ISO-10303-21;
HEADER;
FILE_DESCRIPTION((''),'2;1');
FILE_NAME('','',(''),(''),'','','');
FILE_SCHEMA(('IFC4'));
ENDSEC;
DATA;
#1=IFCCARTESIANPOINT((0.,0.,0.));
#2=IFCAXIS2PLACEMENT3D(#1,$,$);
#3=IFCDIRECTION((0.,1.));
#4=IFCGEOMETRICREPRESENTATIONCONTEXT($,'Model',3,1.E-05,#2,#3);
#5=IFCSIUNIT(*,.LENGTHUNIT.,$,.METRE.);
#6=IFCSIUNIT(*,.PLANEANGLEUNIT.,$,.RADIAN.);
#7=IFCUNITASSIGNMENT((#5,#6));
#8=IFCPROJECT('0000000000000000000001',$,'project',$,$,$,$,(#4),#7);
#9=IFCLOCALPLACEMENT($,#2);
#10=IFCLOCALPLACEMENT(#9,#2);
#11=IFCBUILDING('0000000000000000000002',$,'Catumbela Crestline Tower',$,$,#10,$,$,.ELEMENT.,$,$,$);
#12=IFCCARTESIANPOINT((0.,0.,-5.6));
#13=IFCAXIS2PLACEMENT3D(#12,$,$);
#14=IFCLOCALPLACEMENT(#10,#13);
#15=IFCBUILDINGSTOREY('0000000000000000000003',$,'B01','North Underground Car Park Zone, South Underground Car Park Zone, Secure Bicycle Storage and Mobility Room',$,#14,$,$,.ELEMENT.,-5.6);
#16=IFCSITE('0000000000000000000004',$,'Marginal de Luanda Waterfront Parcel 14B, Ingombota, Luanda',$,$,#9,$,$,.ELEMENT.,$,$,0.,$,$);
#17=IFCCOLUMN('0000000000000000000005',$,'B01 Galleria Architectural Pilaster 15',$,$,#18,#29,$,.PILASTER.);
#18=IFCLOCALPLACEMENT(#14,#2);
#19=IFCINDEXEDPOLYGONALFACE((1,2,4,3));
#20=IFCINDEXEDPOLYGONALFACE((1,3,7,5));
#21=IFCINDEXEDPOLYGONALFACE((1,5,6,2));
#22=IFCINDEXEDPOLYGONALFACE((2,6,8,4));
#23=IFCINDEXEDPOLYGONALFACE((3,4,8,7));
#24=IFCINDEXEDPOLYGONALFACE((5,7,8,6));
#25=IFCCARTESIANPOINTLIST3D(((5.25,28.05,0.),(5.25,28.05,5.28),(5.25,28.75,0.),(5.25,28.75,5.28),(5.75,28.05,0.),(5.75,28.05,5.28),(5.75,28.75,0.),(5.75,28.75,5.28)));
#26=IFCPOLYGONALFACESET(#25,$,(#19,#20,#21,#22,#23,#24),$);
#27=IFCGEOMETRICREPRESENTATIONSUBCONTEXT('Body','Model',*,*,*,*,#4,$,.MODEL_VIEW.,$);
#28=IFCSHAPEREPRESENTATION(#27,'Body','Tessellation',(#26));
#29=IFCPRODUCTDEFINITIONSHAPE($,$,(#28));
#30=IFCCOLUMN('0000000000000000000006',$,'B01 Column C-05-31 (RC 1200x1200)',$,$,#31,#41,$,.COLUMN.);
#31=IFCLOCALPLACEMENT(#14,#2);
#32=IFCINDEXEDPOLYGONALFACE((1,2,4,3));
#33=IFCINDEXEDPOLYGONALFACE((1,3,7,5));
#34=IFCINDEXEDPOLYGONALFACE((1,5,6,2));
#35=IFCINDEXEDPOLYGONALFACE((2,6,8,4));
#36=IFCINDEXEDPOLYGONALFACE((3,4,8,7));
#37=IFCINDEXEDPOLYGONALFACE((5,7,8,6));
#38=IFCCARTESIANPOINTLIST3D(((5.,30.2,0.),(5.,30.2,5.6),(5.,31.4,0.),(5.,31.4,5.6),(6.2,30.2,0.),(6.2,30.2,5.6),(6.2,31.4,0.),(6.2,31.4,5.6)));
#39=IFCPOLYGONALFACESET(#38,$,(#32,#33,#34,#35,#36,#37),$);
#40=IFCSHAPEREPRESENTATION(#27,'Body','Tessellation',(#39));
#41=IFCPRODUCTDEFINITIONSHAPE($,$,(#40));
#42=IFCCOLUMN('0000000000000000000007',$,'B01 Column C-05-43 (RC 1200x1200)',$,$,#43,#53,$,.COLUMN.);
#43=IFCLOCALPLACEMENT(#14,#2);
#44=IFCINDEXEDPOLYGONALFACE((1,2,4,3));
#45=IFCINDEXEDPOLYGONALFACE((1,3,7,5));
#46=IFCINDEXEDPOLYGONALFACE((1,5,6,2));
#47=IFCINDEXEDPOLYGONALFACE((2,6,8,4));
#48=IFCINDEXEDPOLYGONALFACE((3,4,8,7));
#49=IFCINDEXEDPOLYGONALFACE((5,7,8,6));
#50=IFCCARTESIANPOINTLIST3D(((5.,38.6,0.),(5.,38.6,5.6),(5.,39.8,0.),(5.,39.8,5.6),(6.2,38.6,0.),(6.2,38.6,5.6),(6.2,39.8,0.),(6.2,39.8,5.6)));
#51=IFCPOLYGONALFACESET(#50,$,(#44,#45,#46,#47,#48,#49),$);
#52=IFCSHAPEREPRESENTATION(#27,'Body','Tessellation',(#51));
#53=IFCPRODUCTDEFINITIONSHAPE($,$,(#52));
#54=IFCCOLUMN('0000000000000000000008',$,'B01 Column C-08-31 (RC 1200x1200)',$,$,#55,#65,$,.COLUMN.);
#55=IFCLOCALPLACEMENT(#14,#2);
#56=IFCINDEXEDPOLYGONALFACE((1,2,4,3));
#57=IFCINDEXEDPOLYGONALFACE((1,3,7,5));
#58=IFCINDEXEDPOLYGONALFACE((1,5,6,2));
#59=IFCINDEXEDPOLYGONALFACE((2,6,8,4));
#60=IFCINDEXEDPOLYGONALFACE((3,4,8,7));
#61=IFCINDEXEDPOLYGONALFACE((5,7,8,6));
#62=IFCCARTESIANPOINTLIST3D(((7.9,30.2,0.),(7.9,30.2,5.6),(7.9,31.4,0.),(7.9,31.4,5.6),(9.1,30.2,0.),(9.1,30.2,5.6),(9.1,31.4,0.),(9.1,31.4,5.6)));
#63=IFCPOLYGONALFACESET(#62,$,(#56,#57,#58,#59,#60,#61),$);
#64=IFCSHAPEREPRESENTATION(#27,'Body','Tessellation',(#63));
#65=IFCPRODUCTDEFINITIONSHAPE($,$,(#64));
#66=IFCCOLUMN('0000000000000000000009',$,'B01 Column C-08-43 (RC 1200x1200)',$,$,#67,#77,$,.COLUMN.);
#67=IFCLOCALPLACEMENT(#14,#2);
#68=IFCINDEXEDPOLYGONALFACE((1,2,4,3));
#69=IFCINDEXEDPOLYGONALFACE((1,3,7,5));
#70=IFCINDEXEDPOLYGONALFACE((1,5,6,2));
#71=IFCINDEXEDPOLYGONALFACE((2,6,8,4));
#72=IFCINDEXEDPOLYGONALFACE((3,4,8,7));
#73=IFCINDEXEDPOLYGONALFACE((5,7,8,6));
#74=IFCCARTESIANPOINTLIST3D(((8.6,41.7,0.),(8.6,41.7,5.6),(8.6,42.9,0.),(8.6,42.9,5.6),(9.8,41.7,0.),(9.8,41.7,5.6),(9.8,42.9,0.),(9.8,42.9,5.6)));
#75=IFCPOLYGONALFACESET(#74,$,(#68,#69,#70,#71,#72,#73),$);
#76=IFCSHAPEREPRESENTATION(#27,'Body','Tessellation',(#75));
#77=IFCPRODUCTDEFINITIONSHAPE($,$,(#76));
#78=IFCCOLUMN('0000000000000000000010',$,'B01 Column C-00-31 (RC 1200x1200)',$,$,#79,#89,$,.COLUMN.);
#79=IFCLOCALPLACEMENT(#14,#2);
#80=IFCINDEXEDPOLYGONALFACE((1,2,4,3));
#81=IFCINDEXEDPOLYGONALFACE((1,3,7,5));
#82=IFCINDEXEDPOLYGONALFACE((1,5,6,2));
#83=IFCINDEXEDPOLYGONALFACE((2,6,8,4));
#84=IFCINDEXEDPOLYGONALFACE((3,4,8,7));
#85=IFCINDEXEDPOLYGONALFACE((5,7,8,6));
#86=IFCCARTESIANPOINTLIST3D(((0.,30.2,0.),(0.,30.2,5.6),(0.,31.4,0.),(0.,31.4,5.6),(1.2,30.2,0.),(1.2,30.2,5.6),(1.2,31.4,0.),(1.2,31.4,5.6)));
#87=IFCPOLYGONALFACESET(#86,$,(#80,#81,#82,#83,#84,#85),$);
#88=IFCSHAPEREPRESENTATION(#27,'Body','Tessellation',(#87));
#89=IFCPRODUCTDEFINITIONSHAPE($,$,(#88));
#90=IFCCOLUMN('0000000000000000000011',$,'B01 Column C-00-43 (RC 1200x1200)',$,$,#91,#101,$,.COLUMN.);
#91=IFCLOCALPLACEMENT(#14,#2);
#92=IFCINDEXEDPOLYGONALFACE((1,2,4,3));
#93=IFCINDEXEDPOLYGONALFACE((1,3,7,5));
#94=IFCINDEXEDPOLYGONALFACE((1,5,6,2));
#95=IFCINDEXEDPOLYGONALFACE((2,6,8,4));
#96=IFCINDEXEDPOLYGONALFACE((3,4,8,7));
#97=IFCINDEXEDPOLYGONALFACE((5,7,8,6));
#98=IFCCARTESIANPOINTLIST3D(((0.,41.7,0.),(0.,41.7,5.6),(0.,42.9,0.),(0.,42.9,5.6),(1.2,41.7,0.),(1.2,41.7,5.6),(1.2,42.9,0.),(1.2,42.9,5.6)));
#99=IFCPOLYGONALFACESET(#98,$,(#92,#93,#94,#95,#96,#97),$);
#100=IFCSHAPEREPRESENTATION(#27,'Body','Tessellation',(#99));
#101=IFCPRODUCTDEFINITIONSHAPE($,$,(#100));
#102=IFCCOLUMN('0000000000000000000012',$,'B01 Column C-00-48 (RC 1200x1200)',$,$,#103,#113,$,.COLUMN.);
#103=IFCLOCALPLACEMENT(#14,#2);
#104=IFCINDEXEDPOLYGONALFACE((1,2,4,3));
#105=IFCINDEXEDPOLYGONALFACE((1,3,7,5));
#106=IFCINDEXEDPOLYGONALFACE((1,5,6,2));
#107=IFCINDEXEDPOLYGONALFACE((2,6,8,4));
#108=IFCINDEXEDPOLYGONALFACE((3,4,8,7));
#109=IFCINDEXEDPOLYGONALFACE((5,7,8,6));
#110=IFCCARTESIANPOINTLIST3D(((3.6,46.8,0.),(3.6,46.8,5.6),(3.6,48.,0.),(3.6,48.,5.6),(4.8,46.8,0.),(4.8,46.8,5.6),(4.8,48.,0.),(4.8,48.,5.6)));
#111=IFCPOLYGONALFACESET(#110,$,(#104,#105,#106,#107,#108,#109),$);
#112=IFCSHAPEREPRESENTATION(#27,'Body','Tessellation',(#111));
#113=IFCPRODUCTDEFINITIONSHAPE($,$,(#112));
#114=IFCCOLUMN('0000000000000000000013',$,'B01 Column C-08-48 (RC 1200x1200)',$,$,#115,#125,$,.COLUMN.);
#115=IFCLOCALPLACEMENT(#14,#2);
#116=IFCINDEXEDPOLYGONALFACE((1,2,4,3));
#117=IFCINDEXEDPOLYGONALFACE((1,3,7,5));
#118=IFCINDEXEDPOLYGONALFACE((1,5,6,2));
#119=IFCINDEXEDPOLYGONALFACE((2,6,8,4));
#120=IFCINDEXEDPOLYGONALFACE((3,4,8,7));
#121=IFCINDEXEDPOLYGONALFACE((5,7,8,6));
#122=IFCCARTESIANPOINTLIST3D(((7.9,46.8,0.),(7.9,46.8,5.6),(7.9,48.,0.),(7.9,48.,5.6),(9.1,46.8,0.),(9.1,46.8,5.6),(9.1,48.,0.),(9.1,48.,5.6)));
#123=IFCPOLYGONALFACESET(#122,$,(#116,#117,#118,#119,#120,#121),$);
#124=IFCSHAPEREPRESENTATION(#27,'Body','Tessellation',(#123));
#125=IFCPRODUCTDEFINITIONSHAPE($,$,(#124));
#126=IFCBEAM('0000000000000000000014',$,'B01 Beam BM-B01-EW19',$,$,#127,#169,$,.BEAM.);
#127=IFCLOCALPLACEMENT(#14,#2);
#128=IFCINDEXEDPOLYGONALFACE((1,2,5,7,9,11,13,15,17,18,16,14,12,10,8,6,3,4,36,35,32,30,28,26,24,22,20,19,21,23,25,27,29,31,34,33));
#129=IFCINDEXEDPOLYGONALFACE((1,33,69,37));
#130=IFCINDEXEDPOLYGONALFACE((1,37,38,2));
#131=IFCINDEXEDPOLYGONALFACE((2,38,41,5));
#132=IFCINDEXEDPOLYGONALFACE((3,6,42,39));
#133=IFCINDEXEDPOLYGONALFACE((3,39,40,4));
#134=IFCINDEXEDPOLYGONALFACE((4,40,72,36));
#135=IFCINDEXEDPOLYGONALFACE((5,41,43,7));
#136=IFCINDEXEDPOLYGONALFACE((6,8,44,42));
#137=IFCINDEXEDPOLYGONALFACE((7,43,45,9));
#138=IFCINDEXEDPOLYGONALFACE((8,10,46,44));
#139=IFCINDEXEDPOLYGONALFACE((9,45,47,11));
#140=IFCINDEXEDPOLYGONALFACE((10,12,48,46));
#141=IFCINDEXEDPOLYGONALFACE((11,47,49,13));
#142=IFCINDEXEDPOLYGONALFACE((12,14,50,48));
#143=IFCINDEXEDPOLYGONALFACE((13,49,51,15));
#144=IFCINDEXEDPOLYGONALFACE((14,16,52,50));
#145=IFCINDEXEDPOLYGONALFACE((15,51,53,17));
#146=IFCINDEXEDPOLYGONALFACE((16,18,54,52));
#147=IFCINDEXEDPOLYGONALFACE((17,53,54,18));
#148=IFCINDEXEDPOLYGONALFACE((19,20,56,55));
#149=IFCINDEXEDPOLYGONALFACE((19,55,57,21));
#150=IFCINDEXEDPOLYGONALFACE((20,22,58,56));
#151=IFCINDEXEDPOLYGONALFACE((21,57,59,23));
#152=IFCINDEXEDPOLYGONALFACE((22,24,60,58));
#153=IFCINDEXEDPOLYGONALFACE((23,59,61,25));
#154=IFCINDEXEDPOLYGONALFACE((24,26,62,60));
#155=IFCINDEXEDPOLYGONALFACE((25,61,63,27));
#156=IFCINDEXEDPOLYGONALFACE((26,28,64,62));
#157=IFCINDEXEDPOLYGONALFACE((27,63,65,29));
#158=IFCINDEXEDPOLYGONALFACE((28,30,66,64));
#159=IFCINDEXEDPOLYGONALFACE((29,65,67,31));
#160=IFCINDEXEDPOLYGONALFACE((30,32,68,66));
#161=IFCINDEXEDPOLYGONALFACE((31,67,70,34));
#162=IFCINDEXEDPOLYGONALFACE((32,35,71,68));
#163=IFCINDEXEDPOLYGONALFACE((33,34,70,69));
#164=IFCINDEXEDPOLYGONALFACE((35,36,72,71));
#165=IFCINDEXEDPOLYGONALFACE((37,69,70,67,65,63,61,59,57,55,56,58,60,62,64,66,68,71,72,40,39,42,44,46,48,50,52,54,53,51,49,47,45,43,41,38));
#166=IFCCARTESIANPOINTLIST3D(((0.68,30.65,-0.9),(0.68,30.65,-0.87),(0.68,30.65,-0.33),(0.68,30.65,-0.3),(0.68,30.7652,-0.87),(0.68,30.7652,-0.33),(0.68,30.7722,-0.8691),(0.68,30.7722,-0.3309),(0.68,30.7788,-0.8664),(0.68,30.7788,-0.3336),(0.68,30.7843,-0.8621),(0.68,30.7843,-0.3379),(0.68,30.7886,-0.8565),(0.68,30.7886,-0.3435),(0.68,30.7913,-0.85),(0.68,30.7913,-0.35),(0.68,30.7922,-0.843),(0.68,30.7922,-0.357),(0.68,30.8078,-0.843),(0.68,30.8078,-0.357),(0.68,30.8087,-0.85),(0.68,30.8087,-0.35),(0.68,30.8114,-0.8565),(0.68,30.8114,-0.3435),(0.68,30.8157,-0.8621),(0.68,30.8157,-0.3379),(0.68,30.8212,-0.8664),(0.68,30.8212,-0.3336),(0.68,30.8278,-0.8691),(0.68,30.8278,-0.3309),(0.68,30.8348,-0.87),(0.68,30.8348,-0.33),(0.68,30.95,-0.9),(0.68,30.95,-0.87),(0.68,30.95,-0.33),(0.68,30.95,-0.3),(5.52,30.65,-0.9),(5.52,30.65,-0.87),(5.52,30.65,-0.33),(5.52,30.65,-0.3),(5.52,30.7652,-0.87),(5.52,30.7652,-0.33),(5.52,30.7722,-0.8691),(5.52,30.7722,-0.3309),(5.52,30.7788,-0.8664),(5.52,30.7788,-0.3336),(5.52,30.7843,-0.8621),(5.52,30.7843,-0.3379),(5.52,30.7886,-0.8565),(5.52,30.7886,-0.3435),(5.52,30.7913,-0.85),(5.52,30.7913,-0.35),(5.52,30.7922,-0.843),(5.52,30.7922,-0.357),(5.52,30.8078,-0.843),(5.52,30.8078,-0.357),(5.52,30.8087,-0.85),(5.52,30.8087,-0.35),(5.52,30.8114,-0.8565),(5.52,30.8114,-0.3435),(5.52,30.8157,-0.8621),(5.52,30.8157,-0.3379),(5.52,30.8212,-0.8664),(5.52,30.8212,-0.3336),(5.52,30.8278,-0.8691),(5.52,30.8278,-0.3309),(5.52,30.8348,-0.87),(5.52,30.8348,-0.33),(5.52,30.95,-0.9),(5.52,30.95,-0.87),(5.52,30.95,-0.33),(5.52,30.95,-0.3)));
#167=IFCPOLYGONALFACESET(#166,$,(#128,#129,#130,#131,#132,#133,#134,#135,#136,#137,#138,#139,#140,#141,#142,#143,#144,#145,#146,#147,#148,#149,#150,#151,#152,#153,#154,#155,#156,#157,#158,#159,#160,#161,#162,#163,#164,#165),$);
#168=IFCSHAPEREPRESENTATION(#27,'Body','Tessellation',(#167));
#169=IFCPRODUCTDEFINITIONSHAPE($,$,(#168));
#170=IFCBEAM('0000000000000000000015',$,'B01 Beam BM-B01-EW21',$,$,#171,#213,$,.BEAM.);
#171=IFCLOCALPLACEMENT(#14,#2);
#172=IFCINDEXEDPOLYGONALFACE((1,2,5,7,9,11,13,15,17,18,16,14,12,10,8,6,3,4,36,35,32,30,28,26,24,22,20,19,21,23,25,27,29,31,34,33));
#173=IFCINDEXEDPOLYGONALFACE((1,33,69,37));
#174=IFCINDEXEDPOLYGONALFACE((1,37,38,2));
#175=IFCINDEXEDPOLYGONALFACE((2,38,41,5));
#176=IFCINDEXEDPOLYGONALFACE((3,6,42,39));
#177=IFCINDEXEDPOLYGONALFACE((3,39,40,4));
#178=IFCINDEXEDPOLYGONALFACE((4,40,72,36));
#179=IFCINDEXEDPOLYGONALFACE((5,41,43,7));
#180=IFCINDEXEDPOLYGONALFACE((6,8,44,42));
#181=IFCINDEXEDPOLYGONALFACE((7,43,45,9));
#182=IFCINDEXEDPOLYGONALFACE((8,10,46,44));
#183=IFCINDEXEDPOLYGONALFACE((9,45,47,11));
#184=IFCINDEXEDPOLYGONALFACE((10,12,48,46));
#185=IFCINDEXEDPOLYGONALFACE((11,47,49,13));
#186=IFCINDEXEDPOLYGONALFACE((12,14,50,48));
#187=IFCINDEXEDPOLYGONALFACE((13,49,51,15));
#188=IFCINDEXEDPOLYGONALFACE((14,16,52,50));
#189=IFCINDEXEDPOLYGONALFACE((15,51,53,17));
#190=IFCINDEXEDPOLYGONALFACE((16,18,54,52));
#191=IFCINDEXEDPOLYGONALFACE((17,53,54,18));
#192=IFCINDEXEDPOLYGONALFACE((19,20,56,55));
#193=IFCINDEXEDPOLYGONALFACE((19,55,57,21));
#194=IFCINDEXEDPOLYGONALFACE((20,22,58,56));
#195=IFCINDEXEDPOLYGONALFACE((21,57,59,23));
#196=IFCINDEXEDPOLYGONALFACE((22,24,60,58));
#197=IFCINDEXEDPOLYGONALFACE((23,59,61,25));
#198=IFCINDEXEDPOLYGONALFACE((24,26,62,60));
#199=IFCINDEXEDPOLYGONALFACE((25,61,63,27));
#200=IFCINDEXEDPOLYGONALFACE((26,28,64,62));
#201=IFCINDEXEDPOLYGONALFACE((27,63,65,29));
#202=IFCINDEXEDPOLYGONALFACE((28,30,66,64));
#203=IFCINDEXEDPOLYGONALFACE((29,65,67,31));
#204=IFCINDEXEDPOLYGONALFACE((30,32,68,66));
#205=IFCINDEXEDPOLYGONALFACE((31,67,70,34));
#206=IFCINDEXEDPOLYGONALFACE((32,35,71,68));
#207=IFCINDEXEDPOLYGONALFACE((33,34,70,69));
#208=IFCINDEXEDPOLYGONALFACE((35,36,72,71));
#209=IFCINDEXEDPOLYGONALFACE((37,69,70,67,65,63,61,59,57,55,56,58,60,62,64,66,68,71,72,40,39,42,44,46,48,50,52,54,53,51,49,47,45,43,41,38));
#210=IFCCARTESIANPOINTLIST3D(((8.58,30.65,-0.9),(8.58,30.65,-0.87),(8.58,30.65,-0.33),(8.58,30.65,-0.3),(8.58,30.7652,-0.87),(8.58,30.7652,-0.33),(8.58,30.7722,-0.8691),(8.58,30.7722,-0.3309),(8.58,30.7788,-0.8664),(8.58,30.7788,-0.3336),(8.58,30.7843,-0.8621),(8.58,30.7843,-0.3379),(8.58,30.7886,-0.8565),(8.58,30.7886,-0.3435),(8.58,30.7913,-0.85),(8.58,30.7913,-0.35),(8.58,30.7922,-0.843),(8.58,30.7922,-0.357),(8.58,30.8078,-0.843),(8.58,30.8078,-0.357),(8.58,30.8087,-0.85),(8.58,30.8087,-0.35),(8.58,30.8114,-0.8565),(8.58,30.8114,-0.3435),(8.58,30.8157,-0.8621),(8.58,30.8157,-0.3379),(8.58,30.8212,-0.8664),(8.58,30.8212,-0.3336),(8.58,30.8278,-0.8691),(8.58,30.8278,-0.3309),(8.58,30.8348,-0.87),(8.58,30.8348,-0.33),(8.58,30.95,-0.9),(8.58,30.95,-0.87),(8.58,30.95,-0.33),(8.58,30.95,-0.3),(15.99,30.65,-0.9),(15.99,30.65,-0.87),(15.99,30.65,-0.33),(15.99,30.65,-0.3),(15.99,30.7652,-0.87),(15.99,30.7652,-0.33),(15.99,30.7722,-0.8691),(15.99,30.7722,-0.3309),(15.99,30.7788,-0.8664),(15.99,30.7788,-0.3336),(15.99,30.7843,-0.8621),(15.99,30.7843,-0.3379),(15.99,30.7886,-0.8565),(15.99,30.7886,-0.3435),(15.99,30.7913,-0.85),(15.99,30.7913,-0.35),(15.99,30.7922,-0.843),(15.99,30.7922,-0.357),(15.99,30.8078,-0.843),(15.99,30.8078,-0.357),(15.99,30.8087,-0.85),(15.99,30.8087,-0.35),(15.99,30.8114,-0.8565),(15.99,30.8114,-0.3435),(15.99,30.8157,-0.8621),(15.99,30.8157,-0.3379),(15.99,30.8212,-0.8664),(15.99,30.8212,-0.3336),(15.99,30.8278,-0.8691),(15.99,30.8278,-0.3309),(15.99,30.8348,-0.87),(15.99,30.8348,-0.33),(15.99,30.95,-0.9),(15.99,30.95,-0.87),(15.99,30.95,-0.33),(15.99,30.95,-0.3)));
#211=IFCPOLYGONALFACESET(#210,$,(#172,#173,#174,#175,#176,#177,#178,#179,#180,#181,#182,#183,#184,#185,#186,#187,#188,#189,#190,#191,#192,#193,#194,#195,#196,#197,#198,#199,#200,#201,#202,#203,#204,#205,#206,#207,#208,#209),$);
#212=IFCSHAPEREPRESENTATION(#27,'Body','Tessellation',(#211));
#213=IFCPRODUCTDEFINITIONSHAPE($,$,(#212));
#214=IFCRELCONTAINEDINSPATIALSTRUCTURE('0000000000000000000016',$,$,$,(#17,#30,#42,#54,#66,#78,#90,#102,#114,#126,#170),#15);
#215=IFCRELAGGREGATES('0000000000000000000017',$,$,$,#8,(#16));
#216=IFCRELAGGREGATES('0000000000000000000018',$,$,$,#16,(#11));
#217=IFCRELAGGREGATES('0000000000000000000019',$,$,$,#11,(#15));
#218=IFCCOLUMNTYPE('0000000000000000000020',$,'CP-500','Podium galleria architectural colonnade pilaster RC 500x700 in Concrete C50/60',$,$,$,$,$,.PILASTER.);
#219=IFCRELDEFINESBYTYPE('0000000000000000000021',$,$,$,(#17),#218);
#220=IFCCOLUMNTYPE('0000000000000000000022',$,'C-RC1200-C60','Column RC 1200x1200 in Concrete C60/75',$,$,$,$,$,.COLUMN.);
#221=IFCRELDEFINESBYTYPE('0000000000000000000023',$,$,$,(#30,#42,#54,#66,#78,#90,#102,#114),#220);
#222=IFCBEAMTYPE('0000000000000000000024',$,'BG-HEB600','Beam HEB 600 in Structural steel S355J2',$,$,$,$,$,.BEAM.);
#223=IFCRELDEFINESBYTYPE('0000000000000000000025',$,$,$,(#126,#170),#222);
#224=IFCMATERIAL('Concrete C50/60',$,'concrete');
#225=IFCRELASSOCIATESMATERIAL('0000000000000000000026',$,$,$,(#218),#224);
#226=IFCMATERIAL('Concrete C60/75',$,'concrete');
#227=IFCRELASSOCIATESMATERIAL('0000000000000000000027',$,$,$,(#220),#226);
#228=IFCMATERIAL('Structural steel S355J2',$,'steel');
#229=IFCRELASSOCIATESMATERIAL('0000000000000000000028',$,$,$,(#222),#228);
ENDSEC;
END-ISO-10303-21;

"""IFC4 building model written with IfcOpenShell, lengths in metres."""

from ifc_helpers import new_model, si_unit, direction, frame, origin, origin_2d, place, context, subcontext, project, spatial, rectangle, i_section, extrude, material, material_profile, profile_set, type_object, element, save


model = new_model("IFC4")

# Units and contexts
model_context = context("Model", 3, precision=1e-05, world=origin(), true_north=direction((0.0, 1.0)))
body_context = subcontext(model_context, "Body", "Model", "MODEL_VIEW")
ifc_project = project(units=[si_unit("LENGTHUNIT", "METRE"), si_unit("PLANEANGLEUNIT", "RADIAN")], contexts=[model_context])

# Site, building, storey
site_placement = place(None, origin())
site = spatial("IfcSite", under=ifc_project, at=site_placement, Name="Marginal de Luanda Waterfront Parcel 14B, Ingombota, Luanda", CompositionType="ELEMENT", RefElevation=0.0)
building_placement = place(site_placement, origin())
building = spatial("IfcBuilding", under=site, at=building_placement, Name="Catumbela Crestline Tower", CompositionType="ELEMENT")
storey_placement = place(building_placement, frame((0.0, 0.0, -5.6)))
storey = spatial("IfcBuildingStorey", under=building, at=storey_placement, Name="B01", Description="North Underground Car Park Zone, South Underground Car Park Zone, Secure Bicycle Storage and Mobility Room", CompositionType="ELEMENT", Elevation=-5.6)

# Columns
ifc_material_1 = material(Name="Concrete C50/60", Category="concrete")
ifc_material_profile_1 = material_profile(ifc_material_1, rectangle(XDim=0.5, YDim=0.7, at=origin_2d()), Name="RC 500x700")
ifc_profile_set_1 = profile_set([ifc_material_profile_1], Name="Concrete C50/60")
column_type_1 = type_object("IfcColumnType", Name="CP-500", Description="Podium galleria architectural colonnade pilaster RC 500x700 in Concrete C50/60", PredefinedType="PILASTER", material=ifc_profile_set_1)
column_placement = place(storey_placement, frame((5.5, 28.4, 0.0), z_axis=(0.0, 0.0, 1.0), x_axis=(1.0, 0.0, 0.0)))
element("IfcColumn", 1, at=column_placement, inside=storey, type_object=column_type_1, Name="B01 Galleria Architectural Pilaster 15", PredefinedType="PILASTER", context=body_context, shape_type="SweptSolid", body=[
    extrude(rectangle(XDim=0.5, YDim=0.7, at=origin_2d()), origin(), (0.0, 0.0, 1.0), 5.28),
])
ifc_material_2 = material(Name="Concrete C60/75", Category="concrete")
ifc_material_profile_2 = material_profile(ifc_material_2, rectangle(XDim=1.2, YDim=1.2, at=origin_2d()), Name="RC 1200x1200")
ifc_profile_set_2 = profile_set([ifc_material_profile_2], Name="Concrete C60/75")
column_type_2 = type_object("IfcColumnType", Name="C-RC1200-C60", Description="Column RC 1200x1200 in Concrete C60/75", PredefinedType="COLUMN", material=ifc_profile_set_2)
for number, where, z_axis, x_axis, name in (
    (2, (5.6, 30.8, 0.0), (0.0, 0.0, 1.0), (1.0, 0.0, 0.0), "B01 Column C-05-31 (RC 1200x1200)"),
    (3, (5.6, 39.2, 0.0), (0.0, 0.0, 1.0), (1.0, 0.0, 0.0), "B01 Column C-05-43 (RC 1200x1200)"),
    (4, (8.5, 30.8, 0.0), (0.0, 0.0, 1.0), (1.0, 0.0, 0.0), "B01 Column C-08-31 (RC 1200x1200)"),
    (5, (9.2, 42.3, 0.0), (0.0, 0.0, 1.0), (1.0, 0.0, 0.0), "B01 Column C-08-43 (RC 1200x1200)"),
    (6, (0.6, 30.8, 0.0), (0.0, 0.0, 1.0), (1.0, 0.0, 0.0), "B01 Column C-00-31 (RC 1200x1200)"),
    (7, (0.6, 42.3, 0.0), (0.0, 0.0, 1.0), (1.0, 0.0, 0.0), "B01 Column C-00-43 (RC 1200x1200)"),
    (8, (4.2, 47.4, 0.0), (0.0, 0.0, 1.0), (1.0, 0.0, 0.0), "B01 Column C-00-48 (RC 1200x1200)"),
    (9, (8.5, 47.4, 0.0), (0.0, 0.0, 1.0), (1.0, 0.0, 0.0), "B01 Column C-08-48 (RC 1200x1200)"),
):
    element("IfcColumn", number, at=place(storey_placement, frame(where, z_axis=z_axis, x_axis=x_axis)), inside=storey, type_object=column_type_2, Name=name, PredefinedType="COLUMN", context=body_context, shape_type="SweptSolid", body=[
        extrude(rectangle(XDim=1.2, YDim=1.2, at=origin_2d()), origin(), (0.0, 0.0, 1.0), 5.6),
    ])

# Beams
ifc_material_3 = material(Name="Structural steel S355J2", Category="steel")
ifc_material_profile_3 = material_profile(ifc_material_3, i_section(OverallWidth=0.3, OverallDepth=0.6, WebThickness=0.0155, FlangeThickness=0.03, FilletRadius=0.027, at=origin_2d()), Name="HEB 600")
ifc_profile_set_3 = profile_set([ifc_material_profile_3], Name="Structural steel S355J2")
beam_type_1 = type_object("IfcBeamType", Name="BG-HEB600", Description="Beam HEB 600 in Structural steel S355J2", PredefinedType="BEAM", material=ifc_profile_set_3)
beam_1_placement = place(storey_placement, frame((0.68, 30.8, -0.6), z_axis=(1.0, 0.0, 0.0), x_axis=(0.0, 1.0, 0.0)))
element("IfcBeam", 10, at=beam_1_placement, inside=storey, type_object=beam_type_1, Name="B01 Beam BM-B01-EW19", PredefinedType="BEAM", context=body_context, shape_type="SweptSolid", body=[
    extrude(i_section(OverallWidth=0.3, OverallDepth=0.6, WebThickness=0.0155, FlangeThickness=0.03, FilletRadius=0.027, at=origin_2d()), origin(), (0.0, 0.0, 1.0), 4.84),
])
beam_2_placement = place(storey_placement, frame((8.58, 30.8, -0.6), z_axis=(1.0, 0.0, 0.0), x_axis=(0.0, 1.0, 0.0)))
element("IfcBeam", 11, at=beam_2_placement, inside=storey, type_object=beam_type_1, Name="B01 Beam BM-B01-EW21", PredefinedType="BEAM", context=body_context, shape_type="SweptSolid", body=[
    extrude(i_section(OverallWidth=0.3, OverallDepth=0.6, WebThickness=0.0155, FlangeThickness=0.03, FilletRadius=0.027, at=origin_2d()), origin(), (0.0, 0.0, 1.0), 7.41),
])

save(model, "model.ifc")
